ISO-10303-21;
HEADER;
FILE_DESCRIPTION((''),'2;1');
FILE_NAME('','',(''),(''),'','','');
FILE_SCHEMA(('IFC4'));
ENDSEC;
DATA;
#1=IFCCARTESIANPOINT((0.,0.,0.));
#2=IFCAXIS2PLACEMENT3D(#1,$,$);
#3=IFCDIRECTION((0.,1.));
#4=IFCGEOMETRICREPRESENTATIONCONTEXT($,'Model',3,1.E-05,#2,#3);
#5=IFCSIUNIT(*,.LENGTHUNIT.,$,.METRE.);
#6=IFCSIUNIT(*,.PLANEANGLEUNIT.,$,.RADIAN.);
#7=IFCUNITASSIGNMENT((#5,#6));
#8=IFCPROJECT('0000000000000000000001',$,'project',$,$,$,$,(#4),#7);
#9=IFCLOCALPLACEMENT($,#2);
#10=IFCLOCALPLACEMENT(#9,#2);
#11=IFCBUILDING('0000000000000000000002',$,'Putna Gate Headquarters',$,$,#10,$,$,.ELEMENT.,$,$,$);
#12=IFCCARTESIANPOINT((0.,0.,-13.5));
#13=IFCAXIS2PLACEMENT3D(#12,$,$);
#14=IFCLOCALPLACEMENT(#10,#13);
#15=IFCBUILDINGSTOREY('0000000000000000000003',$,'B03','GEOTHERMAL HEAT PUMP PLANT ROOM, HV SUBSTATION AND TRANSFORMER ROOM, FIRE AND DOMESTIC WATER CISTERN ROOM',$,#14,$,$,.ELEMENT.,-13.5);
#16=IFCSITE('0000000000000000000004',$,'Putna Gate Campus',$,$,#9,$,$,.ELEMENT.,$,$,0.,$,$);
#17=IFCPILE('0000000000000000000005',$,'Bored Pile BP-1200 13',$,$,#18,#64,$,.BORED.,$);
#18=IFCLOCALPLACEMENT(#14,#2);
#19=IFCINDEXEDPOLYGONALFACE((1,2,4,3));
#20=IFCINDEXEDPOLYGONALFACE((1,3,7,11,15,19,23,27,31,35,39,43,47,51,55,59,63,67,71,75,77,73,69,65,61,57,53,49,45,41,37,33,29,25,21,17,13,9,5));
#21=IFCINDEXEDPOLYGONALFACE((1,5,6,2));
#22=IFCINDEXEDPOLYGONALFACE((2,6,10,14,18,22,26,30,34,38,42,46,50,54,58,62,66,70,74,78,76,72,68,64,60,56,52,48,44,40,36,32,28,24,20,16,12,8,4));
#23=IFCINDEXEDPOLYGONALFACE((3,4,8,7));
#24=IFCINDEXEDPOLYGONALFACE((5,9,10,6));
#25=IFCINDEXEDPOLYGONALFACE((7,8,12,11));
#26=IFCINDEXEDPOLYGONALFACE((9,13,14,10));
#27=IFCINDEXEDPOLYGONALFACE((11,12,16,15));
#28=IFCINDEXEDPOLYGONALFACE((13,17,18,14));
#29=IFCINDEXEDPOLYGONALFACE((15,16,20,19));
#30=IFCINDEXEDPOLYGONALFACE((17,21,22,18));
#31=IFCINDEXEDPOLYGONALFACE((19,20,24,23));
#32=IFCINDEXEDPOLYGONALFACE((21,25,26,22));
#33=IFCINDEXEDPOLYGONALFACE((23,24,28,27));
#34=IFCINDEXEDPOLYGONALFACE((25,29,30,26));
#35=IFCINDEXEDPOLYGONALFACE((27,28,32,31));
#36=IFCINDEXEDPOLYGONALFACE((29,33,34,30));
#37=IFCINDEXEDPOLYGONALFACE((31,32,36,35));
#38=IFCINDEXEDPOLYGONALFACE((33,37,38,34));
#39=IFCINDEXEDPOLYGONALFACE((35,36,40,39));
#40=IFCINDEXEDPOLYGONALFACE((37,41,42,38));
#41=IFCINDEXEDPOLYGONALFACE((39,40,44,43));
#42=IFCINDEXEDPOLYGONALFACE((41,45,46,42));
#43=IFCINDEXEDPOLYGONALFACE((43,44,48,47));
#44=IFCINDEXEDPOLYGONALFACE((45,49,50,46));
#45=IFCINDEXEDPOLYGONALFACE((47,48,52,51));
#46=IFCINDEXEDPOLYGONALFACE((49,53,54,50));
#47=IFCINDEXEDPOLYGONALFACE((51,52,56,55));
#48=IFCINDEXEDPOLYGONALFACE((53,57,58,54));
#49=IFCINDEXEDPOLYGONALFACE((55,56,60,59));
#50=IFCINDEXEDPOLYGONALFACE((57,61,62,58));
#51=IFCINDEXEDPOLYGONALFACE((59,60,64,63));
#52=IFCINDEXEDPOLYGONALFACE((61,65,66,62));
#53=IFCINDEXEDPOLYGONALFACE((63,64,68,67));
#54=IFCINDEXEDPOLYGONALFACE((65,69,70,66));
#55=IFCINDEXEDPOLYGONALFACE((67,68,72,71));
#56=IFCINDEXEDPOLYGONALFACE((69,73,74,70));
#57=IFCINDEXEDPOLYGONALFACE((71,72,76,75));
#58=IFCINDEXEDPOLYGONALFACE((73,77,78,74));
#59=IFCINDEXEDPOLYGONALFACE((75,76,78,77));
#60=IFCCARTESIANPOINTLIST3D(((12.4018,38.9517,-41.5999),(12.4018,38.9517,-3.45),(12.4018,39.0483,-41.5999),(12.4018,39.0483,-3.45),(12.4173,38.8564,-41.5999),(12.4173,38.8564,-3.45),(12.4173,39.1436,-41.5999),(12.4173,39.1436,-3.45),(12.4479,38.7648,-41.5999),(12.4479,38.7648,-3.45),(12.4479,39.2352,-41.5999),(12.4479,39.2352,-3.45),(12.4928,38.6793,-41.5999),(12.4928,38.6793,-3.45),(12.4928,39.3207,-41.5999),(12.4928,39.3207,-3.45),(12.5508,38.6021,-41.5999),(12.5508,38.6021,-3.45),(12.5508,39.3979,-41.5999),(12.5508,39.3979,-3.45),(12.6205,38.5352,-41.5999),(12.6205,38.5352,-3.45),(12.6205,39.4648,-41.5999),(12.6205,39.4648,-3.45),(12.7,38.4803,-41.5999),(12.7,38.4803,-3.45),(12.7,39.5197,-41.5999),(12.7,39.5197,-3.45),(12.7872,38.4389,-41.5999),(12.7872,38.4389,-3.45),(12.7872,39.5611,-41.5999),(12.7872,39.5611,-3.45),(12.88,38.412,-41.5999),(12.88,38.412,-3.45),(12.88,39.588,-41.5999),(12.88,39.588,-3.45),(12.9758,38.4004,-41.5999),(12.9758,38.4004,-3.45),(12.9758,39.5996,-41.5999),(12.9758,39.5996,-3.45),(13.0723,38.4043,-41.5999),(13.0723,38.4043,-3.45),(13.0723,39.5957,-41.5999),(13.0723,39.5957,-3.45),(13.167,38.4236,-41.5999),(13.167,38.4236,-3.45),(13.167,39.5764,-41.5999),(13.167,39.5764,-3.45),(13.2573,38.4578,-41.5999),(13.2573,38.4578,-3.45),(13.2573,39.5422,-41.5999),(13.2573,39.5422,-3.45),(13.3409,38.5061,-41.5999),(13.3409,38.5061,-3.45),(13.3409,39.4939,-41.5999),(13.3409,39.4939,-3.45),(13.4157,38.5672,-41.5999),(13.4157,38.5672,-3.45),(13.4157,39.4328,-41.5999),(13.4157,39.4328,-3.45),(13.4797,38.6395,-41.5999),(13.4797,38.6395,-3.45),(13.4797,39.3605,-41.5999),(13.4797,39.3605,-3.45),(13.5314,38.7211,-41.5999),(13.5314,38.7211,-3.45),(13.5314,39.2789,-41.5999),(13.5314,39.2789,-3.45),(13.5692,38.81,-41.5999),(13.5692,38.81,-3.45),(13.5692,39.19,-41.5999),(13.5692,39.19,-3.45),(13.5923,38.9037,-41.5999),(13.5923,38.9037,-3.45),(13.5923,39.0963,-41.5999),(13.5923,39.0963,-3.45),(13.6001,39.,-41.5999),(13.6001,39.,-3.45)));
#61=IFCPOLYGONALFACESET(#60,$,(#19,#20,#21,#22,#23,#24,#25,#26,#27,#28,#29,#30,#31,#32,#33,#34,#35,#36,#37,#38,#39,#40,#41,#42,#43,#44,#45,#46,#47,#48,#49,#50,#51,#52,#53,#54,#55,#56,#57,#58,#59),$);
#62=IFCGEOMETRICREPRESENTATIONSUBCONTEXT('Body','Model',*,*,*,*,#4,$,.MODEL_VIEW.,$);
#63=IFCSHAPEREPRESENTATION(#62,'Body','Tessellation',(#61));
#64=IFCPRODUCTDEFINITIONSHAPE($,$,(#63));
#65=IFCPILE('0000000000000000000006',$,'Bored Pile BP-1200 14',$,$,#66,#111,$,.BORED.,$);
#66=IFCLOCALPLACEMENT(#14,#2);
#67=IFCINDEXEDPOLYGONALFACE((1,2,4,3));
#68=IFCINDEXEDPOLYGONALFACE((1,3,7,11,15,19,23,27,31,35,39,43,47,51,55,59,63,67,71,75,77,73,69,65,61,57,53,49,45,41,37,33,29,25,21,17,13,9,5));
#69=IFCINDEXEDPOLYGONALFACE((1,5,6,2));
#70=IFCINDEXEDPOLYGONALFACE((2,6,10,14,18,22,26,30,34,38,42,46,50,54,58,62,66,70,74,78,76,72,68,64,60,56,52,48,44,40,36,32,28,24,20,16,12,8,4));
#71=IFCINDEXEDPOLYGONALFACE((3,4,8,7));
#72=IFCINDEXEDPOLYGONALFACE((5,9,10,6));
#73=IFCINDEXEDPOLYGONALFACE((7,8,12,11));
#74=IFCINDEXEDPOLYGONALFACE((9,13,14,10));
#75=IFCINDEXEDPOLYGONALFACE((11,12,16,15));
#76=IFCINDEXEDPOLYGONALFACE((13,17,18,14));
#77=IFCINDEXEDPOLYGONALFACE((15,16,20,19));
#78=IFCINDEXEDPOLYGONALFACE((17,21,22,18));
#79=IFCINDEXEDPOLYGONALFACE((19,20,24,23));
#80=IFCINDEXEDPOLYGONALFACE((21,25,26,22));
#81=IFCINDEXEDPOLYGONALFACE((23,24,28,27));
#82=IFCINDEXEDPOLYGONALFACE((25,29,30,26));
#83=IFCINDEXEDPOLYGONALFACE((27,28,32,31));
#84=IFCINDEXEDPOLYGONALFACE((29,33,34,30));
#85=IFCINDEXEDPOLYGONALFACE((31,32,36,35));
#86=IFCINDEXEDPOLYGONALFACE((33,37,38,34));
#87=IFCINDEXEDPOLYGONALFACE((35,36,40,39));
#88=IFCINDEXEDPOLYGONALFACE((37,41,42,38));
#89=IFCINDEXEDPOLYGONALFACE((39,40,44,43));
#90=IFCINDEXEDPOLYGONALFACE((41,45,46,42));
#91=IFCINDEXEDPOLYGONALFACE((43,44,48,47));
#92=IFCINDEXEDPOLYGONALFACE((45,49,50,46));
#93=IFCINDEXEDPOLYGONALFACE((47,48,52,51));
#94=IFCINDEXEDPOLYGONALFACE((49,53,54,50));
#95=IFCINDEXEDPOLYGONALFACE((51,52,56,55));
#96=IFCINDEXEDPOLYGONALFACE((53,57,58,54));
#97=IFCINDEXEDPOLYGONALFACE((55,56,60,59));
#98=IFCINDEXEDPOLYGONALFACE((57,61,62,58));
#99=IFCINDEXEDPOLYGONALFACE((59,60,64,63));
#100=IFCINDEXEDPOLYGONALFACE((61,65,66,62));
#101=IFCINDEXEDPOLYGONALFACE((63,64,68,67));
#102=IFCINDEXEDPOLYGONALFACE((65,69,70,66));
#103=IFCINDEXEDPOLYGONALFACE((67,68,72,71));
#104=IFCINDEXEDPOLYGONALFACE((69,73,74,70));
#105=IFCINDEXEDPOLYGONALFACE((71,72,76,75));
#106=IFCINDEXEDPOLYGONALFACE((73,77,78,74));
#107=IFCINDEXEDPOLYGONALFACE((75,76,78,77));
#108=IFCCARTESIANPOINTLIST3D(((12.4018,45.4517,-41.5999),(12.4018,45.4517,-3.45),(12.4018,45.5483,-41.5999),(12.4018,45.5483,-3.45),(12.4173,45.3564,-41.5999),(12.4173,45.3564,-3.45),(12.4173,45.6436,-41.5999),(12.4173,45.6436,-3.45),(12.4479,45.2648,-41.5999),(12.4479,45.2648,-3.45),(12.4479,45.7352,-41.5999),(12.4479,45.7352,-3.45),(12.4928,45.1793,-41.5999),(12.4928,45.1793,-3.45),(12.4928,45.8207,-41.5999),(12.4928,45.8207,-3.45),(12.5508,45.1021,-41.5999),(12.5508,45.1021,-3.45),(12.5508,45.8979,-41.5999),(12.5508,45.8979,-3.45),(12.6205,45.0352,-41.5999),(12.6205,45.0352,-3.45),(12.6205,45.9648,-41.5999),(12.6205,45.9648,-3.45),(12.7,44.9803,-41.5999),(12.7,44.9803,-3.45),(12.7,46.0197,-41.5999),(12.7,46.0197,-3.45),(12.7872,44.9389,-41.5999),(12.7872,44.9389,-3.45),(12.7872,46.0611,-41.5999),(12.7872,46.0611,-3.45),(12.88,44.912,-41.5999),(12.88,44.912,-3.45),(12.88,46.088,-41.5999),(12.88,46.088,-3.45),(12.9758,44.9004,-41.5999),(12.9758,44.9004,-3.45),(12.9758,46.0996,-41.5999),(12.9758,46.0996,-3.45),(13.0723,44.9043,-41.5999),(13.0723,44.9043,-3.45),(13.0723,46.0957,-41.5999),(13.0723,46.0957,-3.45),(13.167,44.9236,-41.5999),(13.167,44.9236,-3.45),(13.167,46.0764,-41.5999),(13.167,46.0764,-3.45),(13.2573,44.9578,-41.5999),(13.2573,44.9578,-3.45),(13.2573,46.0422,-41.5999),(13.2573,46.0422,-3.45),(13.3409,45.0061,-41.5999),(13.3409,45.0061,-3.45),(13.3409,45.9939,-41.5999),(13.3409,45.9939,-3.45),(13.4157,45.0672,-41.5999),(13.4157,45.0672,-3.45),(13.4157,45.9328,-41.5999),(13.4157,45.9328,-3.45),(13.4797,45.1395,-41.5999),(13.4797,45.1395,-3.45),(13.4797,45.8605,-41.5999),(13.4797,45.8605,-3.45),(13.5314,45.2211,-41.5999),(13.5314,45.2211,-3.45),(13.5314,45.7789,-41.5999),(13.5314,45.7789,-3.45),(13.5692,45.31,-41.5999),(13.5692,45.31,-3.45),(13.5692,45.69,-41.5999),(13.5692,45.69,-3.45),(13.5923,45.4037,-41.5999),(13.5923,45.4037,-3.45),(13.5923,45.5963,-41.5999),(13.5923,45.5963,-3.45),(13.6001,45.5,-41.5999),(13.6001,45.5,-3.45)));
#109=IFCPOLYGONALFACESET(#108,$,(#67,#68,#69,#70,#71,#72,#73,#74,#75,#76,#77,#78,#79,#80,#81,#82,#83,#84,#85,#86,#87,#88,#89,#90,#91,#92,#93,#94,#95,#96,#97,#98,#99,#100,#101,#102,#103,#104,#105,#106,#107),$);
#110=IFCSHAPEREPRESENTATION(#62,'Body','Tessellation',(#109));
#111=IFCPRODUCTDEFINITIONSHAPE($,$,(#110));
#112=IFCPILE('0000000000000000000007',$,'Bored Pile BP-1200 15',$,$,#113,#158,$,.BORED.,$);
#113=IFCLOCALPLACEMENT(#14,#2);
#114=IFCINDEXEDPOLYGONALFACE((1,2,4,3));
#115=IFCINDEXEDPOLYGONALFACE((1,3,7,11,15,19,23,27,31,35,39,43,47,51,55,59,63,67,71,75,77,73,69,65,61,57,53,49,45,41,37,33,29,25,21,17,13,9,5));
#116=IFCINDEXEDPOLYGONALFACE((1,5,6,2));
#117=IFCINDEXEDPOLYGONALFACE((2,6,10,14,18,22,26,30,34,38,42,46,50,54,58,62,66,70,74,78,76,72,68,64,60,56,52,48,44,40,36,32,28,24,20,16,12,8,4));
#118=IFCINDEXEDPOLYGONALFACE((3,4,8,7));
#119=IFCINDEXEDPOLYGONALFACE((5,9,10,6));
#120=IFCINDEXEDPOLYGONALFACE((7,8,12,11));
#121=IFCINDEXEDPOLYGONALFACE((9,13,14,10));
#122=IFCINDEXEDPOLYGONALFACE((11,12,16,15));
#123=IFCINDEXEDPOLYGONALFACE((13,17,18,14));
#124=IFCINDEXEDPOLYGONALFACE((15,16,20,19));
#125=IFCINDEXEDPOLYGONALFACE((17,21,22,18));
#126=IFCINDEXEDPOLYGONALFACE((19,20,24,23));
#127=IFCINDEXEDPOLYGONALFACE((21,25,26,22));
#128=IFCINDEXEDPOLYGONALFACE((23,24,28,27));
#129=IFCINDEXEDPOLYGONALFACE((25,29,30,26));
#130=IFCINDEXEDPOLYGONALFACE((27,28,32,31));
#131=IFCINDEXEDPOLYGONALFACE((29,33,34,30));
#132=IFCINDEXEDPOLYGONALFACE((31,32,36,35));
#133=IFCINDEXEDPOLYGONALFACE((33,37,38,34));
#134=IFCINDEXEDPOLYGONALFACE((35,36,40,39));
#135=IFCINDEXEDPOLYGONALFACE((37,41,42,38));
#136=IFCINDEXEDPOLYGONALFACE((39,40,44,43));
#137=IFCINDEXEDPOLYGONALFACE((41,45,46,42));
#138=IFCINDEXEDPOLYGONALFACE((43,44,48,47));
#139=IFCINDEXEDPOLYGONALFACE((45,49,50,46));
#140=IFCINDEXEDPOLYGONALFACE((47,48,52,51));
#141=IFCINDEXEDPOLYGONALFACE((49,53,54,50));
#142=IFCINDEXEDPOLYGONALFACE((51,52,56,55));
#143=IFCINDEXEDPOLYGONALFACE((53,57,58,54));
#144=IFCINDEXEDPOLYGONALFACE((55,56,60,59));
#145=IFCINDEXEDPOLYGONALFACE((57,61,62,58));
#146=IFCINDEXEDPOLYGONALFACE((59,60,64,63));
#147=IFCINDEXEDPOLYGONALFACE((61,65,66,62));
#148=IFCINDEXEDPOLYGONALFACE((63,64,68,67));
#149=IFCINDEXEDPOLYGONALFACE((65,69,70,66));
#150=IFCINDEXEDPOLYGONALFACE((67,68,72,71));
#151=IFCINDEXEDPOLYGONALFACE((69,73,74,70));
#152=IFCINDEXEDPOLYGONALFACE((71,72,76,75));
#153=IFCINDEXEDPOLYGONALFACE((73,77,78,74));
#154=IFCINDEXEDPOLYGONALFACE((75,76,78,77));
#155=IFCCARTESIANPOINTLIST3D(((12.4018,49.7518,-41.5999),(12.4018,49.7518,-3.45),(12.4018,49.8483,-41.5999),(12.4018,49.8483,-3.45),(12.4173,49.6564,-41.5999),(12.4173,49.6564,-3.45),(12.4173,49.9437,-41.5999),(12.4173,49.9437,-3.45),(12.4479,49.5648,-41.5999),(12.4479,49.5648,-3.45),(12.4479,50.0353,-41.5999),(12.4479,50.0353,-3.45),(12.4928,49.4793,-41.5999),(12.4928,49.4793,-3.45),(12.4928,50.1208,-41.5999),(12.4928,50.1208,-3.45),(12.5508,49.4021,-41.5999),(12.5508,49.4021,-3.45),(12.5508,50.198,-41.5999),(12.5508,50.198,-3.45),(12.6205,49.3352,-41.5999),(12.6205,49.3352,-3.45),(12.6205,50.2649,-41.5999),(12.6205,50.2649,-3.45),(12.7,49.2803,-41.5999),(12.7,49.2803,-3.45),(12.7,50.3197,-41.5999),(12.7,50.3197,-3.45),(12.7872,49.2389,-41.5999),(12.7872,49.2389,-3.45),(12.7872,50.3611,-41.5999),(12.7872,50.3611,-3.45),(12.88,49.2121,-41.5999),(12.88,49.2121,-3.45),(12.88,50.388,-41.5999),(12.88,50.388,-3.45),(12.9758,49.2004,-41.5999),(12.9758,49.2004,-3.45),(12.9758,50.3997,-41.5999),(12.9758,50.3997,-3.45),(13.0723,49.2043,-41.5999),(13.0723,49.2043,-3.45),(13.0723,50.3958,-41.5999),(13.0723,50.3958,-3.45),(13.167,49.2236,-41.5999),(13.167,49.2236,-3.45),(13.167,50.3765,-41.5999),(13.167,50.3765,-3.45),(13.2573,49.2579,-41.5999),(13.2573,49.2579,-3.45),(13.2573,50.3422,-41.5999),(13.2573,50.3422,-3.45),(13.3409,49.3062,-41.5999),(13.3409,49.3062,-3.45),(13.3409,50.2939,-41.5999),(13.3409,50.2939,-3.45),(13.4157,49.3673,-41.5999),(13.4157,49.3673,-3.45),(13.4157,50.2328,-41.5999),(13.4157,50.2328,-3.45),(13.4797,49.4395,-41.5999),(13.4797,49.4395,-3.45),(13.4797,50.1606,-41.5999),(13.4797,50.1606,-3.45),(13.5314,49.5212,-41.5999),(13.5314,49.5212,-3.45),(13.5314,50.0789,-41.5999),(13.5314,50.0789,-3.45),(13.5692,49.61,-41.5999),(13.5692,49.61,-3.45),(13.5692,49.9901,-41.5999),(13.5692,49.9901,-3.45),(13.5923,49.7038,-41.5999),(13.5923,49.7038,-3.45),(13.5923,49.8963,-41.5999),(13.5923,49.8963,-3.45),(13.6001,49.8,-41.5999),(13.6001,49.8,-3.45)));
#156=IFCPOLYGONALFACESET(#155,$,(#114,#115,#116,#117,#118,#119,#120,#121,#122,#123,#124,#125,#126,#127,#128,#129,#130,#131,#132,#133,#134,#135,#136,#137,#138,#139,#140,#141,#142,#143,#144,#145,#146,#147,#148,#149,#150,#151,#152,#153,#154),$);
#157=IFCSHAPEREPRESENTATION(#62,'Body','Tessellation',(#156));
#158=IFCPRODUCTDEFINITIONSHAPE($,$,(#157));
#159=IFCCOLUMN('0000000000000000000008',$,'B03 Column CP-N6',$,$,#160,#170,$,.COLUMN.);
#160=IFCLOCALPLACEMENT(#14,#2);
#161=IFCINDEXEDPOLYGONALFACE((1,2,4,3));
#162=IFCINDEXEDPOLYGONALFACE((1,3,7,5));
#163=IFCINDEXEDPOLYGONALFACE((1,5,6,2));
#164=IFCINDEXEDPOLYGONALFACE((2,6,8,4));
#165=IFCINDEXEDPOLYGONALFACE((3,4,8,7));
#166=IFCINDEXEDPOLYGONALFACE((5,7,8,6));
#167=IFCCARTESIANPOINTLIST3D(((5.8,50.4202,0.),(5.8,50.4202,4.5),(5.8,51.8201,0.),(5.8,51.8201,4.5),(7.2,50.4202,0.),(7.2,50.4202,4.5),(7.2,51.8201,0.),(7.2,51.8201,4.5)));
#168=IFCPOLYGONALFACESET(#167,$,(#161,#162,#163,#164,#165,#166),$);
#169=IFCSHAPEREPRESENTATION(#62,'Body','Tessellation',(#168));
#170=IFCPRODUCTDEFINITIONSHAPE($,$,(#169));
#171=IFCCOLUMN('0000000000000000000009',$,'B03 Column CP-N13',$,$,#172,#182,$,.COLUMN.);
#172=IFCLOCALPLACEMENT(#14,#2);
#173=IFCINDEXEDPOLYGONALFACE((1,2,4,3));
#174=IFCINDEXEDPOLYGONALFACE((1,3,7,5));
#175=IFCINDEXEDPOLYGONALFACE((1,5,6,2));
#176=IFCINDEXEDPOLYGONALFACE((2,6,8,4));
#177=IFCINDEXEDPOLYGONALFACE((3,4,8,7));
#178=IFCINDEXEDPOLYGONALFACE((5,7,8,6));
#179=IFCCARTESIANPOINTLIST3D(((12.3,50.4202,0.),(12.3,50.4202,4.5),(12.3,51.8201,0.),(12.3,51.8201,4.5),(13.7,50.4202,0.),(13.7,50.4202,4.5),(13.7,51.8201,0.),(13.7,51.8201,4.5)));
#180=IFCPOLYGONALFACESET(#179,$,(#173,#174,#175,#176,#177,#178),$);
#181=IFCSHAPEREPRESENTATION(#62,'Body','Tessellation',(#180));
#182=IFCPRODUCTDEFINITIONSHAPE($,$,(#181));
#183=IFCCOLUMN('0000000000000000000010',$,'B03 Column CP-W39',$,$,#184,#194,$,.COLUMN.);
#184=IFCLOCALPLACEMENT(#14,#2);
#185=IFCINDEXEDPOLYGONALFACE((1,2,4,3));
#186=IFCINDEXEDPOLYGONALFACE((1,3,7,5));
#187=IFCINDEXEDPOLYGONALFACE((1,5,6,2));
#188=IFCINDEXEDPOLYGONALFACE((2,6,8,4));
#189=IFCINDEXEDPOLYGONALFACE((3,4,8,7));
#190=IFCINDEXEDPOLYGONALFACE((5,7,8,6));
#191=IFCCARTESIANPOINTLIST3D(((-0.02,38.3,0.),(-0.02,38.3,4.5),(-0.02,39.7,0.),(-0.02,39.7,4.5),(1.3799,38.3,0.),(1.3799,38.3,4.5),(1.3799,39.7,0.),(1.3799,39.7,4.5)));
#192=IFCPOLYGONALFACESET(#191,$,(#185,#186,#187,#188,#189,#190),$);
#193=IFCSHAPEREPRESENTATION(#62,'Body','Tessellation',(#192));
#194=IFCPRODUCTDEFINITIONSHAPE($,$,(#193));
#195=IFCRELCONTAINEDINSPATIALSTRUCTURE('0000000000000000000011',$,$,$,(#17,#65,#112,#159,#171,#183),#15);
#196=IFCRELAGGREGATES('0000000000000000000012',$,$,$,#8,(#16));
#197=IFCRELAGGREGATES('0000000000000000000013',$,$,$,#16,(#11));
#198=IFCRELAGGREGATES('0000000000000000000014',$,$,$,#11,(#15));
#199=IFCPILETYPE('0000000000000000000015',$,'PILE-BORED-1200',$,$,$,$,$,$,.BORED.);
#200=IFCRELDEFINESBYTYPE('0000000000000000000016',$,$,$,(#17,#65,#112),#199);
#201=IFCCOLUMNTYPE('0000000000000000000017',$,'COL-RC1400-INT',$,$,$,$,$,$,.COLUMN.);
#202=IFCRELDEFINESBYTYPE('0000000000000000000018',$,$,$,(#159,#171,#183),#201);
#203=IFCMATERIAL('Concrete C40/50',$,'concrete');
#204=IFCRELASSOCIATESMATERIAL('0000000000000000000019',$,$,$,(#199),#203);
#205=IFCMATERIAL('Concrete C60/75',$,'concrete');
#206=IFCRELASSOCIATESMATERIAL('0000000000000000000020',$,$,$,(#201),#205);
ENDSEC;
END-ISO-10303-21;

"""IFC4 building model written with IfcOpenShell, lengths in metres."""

from ifc_helpers import new_model, si_unit, direction, frame, origin, origin_2d, place, context, subcontext, project, spatial, rectangle, circle, extrude, material, material_profile, profile_set, type_object, element, save


model = new_model("IFC4")

# Units and contexts
model_context = context("Model", 3, precision=1e-05, world=origin(), true_north=direction((0.0, 1.0)))
body_context = subcontext(model_context, "Body", "Model", "MODEL_VIEW")
ifc_project = project(units=[si_unit("LENGTHUNIT", "METRE"), si_unit("PLANEANGLEUNIT", "RADIAN")], contexts=[model_context])

# Site, building, storey
site_placement = place(None, origin())
site = spatial("IfcSite", under=ifc_project, at=site_placement, Name="Putna Gate Campus", CompositionType="ELEMENT", RefElevation=0.0)
building_placement = place(site_placement, origin())
building = spatial("IfcBuilding", under=site, at=building_placement, Name="Putna Gate Headquarters", CompositionType="ELEMENT")
storey_placement = place(building_placement, frame((0.0, 0.0, -13.5)))
storey = spatial("IfcBuildingStorey", under=building, at=storey_placement, Name="B03", Description="GEOTHERMAL HEAT PUMP PLANT ROOM, HV SUBSTATION AND TRANSFORMER ROOM, FIRE AND DOMESTIC WATER CISTERN ROOM", CompositionType="ELEMENT", Elevation=-13.5)

# Shared definitions
ifc_material_1 = material(Name="Concrete C40/50", Category="concrete")

# Piles
ifc_material_profile_1 = material_profile(ifc_material_1, circle(Radius=0.6001, at=origin_2d()), Name="Concrete C40/50")
ifc_profile_set_1 = profile_set([ifc_material_profile_1], Name="Concrete C40/50")
pile_type = type_object("IfcPileType", Name="PILE-BORED-1200", PredefinedType="BORED", material=ifc_profile_set_1)
for number, where, z_axis, x_axis, name in (
    (1, (13.0, 39.0, -3.45), (0.0, 0.0, -1.0), (1.0, 0.0, 0.0), "Bored Pile BP-1200 13"),
    (2, (13.0, 45.5, -3.45), (0.0, 0.0, -1.0), (1.0, 0.0, 0.0), "Bored Pile BP-1200 14"),
    (3, (13.0, 49.8, -3.45), (0.0, 0.0, -1.0), (1.0, 0.0, 0.0), "Bored Pile BP-1200 15"),
):
    element("IfcPile", number, at=place(storey_placement, frame(where, z_axis=z_axis, x_axis=x_axis)), inside=storey, type_object=pile_type, Name=name, PredefinedType="BORED", context=body_context, shape_type="SweptSolid", body=[
        extrude(circle(Radius=0.6001, at=origin_2d()), origin(), (0.0, 0.0, 1.0), 38.1499),
    ])

# Columns
ifc_material_2 = material(Name="Concrete C60/75", Category="concrete")
ifc_material_profile_2 = material_profile(ifc_material_2, rectangle(XDim=1.3999, YDim=1.3999, at=origin_2d()), Name="Concrete C60/75")
ifc_profile_set_2 = profile_set([ifc_material_profile_2], Name="Concrete C60/75")
column_type = type_object("IfcColumnType", Name="COL-RC1400-INT", PredefinedType="COLUMN", material=ifc_profile_set_2)
for number, where, z_axis, x_axis, name in (
    (4, (6.5, 51.1201, 0.0), (0.0, 0.0, 1.0), (1.0, 0.0, 0.0), "B03 Column CP-N6"),
    (5, (13.0, 51.1201, 0.0), (0.0, 0.0, 1.0), (1.0, 0.0, 0.0), "B03 Column CP-N13"),
    (6, (0.6799, 39.0, 0.0), (0.0, 0.0, 1.0), (1.0, 0.0, 0.0), "B03 Column CP-W39"),
):
    element("IfcColumn", number, at=place(storey_placement, frame(where, z_axis=z_axis, x_axis=x_axis)), inside=storey, type_object=column_type, Name=name, PredefinedType="COLUMN", context=body_context, shape_type="SweptSolid", body=[
        extrude(rectangle(XDim=1.3999, YDim=1.3999, at=origin_2d()), origin(), (0.0, 0.0, 1.0), 4.5),
    ])

save(model, "model.ifc")
